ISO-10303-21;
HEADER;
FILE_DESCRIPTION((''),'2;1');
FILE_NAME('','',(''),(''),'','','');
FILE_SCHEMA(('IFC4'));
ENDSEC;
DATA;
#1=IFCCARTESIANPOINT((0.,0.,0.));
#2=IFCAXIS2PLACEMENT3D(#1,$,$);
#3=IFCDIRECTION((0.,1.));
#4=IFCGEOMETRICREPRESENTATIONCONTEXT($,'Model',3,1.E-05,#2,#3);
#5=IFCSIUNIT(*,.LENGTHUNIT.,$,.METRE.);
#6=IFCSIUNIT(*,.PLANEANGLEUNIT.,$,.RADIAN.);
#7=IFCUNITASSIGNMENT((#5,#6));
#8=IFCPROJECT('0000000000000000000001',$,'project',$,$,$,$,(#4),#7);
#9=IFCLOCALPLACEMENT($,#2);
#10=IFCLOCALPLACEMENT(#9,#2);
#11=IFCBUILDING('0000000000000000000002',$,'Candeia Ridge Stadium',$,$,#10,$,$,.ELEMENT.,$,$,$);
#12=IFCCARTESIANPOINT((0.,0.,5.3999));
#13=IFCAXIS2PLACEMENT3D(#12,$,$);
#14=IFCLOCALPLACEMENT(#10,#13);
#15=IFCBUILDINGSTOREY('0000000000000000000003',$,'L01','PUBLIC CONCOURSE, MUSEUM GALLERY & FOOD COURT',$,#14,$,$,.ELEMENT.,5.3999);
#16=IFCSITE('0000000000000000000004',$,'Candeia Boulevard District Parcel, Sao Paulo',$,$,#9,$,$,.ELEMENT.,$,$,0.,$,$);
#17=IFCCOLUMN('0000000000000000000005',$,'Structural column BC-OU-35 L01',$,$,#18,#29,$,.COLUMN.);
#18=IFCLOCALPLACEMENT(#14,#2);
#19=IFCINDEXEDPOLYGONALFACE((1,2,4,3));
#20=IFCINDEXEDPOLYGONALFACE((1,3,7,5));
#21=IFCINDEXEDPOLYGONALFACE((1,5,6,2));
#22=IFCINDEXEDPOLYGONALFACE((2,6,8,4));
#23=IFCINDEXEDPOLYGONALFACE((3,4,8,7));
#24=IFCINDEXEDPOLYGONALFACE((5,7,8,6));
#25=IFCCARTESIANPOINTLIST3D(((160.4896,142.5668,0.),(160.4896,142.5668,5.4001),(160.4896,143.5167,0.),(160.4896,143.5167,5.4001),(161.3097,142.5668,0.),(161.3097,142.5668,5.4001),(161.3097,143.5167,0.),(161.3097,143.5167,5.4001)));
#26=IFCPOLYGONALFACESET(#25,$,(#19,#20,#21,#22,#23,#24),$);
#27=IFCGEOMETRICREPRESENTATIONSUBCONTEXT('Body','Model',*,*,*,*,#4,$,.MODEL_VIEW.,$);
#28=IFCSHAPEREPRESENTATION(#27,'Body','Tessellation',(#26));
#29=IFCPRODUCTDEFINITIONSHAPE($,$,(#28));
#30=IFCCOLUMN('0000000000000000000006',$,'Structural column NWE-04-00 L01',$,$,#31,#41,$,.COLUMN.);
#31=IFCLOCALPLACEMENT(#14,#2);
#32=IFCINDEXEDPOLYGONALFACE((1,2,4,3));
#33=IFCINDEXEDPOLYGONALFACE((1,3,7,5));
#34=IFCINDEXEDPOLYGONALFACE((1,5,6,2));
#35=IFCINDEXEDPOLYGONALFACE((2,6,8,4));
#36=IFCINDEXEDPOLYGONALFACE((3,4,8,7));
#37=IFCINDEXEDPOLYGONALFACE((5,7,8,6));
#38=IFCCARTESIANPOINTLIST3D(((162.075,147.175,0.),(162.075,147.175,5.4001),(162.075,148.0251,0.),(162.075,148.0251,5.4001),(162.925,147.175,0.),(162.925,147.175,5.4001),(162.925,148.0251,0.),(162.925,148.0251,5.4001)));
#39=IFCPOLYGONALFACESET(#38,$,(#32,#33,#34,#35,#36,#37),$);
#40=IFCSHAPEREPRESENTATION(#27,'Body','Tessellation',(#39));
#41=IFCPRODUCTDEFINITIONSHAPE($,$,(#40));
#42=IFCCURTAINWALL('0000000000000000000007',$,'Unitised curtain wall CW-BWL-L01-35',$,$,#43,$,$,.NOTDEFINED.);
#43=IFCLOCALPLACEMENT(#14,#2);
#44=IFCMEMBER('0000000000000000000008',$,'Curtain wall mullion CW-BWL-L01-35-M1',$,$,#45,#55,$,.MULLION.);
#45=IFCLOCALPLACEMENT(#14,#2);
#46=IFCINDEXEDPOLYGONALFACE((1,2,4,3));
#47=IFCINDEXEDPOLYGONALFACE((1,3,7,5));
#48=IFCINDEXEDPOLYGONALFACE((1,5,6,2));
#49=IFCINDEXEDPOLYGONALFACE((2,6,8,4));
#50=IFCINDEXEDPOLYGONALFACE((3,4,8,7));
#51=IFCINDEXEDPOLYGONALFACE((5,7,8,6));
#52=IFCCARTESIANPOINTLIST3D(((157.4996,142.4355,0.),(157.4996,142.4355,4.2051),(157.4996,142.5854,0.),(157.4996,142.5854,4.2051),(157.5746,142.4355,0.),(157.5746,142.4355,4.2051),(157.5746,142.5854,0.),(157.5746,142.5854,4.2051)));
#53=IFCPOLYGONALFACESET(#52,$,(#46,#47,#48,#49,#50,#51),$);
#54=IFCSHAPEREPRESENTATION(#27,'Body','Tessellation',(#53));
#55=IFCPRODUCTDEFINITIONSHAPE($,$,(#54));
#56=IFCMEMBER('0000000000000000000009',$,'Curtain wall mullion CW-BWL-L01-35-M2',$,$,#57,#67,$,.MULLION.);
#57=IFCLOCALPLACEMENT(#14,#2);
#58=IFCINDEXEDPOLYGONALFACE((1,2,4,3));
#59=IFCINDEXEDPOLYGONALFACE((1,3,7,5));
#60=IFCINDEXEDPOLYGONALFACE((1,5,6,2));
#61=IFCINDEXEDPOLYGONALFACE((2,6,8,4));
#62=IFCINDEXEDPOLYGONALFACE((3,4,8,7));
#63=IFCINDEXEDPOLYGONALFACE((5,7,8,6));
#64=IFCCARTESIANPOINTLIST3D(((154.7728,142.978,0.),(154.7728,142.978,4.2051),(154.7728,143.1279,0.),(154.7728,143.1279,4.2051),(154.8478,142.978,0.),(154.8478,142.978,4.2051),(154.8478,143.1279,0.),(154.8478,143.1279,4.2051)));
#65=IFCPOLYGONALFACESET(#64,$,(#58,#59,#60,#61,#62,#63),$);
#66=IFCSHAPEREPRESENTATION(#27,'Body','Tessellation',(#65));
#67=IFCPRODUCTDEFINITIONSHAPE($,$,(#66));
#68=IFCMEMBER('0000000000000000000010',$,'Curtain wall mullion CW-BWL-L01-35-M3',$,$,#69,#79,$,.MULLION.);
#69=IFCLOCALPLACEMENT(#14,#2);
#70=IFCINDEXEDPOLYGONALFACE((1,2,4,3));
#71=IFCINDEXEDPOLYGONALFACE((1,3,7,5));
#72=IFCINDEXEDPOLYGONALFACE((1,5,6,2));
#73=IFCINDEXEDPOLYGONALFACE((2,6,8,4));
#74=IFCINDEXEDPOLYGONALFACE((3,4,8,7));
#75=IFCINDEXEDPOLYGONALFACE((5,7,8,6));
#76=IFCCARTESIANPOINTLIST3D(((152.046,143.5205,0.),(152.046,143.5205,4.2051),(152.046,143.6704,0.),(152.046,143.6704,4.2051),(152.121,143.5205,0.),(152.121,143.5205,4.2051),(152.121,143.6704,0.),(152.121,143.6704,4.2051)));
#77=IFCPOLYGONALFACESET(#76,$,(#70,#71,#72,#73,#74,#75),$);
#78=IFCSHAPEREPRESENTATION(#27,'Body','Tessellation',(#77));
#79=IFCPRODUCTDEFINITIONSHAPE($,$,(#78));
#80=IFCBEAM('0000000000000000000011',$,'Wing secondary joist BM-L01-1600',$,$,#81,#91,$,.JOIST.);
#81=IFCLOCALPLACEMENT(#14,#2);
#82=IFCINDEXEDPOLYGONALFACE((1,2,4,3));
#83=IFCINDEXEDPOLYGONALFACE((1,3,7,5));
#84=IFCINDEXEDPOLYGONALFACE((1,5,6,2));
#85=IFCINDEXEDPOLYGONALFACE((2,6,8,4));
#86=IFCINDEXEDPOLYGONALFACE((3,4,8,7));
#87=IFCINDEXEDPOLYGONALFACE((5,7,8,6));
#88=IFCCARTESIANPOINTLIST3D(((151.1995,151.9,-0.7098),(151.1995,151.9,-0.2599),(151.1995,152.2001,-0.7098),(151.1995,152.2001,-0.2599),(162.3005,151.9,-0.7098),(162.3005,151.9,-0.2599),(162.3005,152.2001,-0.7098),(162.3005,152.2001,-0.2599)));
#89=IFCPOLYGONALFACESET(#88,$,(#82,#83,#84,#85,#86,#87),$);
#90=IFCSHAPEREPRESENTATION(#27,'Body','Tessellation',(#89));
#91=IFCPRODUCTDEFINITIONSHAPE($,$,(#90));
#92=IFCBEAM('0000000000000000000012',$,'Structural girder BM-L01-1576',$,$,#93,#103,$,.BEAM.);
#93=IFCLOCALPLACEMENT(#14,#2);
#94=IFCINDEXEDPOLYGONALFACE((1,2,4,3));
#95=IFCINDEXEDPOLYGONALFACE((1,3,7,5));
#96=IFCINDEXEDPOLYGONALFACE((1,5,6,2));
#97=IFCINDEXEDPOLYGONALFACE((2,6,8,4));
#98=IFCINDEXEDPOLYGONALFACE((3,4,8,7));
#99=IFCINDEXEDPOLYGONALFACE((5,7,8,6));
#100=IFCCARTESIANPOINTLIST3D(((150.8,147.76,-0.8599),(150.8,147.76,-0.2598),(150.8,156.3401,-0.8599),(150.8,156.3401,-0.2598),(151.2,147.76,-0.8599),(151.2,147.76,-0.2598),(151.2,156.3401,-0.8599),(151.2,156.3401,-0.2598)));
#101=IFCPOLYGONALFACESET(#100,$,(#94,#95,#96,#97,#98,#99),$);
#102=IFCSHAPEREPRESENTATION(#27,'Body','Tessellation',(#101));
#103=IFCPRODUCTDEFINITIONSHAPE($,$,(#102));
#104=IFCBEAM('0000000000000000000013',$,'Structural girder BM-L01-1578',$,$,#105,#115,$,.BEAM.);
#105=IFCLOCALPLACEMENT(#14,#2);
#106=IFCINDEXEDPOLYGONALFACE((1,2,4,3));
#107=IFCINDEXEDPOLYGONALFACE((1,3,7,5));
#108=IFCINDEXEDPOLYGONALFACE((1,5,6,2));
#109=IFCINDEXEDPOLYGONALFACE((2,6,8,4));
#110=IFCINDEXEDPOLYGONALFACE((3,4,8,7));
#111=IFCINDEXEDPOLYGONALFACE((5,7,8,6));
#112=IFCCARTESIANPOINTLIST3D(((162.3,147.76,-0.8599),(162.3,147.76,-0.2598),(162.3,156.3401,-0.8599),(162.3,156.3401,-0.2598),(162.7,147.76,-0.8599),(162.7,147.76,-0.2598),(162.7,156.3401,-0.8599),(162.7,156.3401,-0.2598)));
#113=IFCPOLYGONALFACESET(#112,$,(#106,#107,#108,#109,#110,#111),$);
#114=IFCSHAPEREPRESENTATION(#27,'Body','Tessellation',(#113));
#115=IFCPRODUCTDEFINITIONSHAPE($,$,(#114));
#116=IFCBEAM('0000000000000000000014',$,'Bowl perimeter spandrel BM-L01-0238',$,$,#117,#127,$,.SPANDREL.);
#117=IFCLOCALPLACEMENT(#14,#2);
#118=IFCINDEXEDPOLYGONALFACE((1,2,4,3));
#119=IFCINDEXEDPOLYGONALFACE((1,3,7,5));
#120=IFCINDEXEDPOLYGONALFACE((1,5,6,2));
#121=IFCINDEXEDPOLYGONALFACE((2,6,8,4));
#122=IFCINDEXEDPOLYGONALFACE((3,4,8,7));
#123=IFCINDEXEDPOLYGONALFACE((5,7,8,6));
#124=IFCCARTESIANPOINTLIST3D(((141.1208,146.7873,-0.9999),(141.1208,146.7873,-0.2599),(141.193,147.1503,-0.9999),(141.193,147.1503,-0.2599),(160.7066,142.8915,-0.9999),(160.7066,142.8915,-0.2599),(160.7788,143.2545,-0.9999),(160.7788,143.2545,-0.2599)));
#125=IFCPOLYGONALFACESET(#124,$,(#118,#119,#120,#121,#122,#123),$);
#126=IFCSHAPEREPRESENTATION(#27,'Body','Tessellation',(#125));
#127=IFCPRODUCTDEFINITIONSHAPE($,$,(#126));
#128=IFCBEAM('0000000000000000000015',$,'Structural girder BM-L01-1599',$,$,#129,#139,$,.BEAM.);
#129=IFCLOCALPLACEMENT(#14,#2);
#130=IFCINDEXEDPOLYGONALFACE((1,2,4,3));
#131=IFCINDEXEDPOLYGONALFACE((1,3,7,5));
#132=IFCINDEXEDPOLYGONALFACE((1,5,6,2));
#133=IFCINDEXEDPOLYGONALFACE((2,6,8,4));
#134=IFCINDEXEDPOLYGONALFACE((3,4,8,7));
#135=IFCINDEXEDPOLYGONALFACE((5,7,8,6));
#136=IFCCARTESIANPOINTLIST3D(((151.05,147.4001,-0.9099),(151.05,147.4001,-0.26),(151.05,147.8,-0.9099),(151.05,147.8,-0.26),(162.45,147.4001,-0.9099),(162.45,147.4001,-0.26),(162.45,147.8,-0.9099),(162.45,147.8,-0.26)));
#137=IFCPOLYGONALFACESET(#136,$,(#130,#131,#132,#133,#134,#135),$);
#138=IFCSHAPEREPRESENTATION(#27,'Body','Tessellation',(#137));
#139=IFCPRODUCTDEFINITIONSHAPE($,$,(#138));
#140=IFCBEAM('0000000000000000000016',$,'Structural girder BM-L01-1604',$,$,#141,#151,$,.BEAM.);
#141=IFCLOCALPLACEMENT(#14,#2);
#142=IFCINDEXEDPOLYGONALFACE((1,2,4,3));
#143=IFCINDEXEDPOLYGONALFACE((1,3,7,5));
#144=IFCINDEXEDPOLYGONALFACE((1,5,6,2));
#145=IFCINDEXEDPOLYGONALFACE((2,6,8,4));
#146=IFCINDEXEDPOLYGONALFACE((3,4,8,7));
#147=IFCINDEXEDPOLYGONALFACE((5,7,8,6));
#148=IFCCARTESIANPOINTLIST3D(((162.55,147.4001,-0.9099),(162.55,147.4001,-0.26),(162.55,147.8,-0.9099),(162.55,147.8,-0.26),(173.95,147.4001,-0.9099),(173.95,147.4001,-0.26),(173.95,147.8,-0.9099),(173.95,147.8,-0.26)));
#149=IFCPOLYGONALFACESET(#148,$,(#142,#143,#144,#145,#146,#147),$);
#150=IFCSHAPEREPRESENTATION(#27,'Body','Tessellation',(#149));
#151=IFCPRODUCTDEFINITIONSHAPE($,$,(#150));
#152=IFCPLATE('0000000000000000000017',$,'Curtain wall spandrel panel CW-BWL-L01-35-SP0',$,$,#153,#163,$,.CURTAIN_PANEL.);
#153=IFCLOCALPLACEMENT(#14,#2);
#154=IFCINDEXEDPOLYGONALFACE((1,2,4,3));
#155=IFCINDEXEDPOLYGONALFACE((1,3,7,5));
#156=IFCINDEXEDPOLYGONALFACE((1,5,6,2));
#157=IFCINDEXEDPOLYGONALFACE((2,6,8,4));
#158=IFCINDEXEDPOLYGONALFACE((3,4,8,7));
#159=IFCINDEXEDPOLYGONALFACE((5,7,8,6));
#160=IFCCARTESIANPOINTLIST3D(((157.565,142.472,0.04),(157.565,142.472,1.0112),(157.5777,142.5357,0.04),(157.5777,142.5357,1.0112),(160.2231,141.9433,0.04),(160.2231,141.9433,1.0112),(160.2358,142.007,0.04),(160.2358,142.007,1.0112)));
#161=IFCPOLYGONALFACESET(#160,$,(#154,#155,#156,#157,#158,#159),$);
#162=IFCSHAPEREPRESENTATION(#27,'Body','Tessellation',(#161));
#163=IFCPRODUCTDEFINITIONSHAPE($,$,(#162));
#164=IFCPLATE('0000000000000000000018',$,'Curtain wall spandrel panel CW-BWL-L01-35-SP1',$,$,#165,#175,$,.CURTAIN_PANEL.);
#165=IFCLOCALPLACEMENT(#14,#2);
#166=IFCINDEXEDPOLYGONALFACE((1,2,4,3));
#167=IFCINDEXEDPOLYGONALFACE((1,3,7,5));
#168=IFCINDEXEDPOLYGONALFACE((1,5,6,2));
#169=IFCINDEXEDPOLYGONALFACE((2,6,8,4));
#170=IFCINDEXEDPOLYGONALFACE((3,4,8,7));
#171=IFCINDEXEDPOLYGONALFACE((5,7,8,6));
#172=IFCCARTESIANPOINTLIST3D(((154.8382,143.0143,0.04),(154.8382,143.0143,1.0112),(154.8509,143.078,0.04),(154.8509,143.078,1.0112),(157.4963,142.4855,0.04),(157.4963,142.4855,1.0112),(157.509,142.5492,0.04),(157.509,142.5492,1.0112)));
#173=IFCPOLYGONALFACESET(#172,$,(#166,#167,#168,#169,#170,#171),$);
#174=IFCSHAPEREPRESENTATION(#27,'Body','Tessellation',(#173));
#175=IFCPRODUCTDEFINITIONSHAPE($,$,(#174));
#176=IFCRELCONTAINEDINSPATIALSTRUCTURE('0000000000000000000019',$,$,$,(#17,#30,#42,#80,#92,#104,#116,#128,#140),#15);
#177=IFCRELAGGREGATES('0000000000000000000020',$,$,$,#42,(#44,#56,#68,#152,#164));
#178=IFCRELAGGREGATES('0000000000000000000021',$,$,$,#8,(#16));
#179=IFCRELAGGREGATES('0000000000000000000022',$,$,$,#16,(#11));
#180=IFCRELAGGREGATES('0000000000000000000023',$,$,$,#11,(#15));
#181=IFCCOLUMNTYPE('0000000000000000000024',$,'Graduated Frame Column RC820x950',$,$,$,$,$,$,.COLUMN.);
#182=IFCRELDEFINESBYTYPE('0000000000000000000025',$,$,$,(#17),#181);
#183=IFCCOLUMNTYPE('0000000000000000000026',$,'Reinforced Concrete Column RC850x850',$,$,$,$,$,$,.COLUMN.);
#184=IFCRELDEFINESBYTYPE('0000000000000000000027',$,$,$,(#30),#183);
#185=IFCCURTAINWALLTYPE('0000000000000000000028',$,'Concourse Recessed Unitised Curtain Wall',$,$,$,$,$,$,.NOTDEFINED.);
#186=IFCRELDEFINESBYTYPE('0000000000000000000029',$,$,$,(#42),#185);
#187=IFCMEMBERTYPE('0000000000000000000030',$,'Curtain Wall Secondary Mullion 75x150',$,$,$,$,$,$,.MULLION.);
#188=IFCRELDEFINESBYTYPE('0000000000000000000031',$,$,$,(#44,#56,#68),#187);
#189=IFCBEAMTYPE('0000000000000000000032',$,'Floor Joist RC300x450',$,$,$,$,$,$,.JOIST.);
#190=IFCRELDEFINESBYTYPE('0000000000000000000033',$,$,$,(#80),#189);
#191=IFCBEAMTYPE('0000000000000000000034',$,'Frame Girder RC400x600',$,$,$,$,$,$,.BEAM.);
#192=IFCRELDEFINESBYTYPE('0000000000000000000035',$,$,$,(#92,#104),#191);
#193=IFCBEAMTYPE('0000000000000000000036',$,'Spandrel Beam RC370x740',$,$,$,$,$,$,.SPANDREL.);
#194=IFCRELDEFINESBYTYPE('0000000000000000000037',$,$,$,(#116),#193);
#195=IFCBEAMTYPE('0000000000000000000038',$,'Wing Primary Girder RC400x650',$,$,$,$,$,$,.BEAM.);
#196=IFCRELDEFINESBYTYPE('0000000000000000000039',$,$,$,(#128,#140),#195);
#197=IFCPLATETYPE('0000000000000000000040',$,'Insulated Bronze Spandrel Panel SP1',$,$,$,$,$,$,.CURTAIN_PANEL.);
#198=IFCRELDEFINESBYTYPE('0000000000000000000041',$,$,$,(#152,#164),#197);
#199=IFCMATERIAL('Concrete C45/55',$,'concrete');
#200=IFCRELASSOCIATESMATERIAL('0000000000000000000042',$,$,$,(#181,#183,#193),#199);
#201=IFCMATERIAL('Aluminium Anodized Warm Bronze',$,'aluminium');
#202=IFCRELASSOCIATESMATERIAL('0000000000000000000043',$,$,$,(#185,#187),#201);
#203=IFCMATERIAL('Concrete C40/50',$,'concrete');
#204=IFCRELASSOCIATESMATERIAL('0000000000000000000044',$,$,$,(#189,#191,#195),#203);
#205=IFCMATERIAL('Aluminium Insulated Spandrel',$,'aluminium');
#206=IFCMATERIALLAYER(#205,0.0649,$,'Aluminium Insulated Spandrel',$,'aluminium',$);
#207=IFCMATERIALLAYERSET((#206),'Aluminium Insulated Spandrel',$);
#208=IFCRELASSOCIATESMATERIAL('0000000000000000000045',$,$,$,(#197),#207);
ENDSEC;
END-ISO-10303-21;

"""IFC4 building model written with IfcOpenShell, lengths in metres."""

from ifc_helpers import new_model, si_unit, direction, frame, origin, origin_2d, place, context, subcontext, project, spatial, rectangle, extrude, material, layer, layer_set, material_profile, profile_set, type_object, element, aggregate, save


model = new_model("IFC4")

# Units and contexts
model_context = context("Model", 3, precision=1e-05, world=origin(), true_north=direction((0.0, 1.0)))
body_context = subcontext(model_context, "Body", "Model", "MODEL_VIEW")
ifc_project = project(units=[si_unit("LENGTHUNIT", "METRE"), si_unit("PLANEANGLEUNIT", "RADIAN")], contexts=[model_context])

# Site, building, storey
site_placement = place(None, origin())
site = spatial("IfcSite", under=ifc_project, at=site_placement, Name="Candeia Boulevard District Parcel, Sao Paulo", CompositionType="ELEMENT", RefElevation=0.0)
building_placement = place(site_placement, origin())
building = spatial("IfcBuilding", under=site, at=building_placement, Name="Candeia Ridge Stadium", CompositionType="ELEMENT")
storey_placement = place(building_placement, frame((0.0, 0.0, 5.3999)))
storey = spatial("IfcBuildingStorey", under=building, at=storey_placement, Name="L01", Description="PUBLIC CONCOURSE, MUSEUM GALLERY & FOOD COURT", CompositionType="ELEMENT", Elevation=5.3999)

# Columns
ifc_material_1 = material(Name="Concrete C45/55", Category="concrete")
ifc_material_profile_1 = material_profile(ifc_material_1, rectangle(XDim=0.8201, YDim=0.95, at=origin_2d()), Name="RC820x950", Category="concrete")
ifc_profile_set_1 = profile_set([ifc_material_profile_1], Name="Concrete C45/55")
column_type_1 = type_object("IfcColumnType", Name="Graduated Frame Column RC820x950", PredefinedType="COLUMN", material=ifc_profile_set_1)
column_1_placement = place(storey_placement, frame((160.8997, 143.0417, 0.0), z_axis=(0.0, 0.0, 1.0), x_axis=(1.0, 0.0, 0.0)))
element("IfcColumn", 1, at=column_1_placement, inside=storey, type_object=column_type_1, Name="Structural column BC-OU-35 L01", PredefinedType="COLUMN", context=body_context, shape_type="SweptSolid", body=[
    extrude(rectangle(XDim=0.8201, YDim=0.95, at=origin_2d()), origin(), (0.0, 0.0, 1.0), 5.4001),
])
ifc_material_profile_2 = material_profile(ifc_material_1, rectangle(XDim=0.8501, YDim=0.8501, at=origin_2d()), Name="RC850x850", Category="concrete")
ifc_profile_set_2 = profile_set([ifc_material_profile_2], Name="Concrete C45/55")
column_type_2 = type_object("IfcColumnType", Name="Reinforced Concrete Column RC850x850", PredefinedType="COLUMN", material=ifc_profile_set_2)
column_2_placement = place(storey_placement, frame((162.5, 147.6001, 0.0), z_axis=(0.0, 0.0, 1.0), x_axis=(1.0, 0.0, 0.0)))
element("IfcColumn", 2, at=column_2_placement, inside=storey, type_object=column_type_2, Name="Structural column NWE-04-00 L01", PredefinedType="COLUMN", context=body_context, shape_type="SweptSolid", body=[
    extrude(rectangle(XDim=0.8501, YDim=0.8501, at=origin_2d()), origin(), (0.0, 0.0, 1.0), 5.4001),
])

# Curtain wall, members
ifc_material_2 = material(Name="Aluminium Anodized Warm Bronze", Category="aluminium")
curtain_wall_type = type_object("IfcCurtainWallType", Name="Concourse Recessed Unitised Curtain Wall", PredefinedType="NOTDEFINED", material=ifc_material_2)
curtain_wall_placement = place(storey_placement, origin())
curtain_wall = element("IfcCurtainWall", 3, at=curtain_wall_placement, inside=storey, type_object=curtain_wall_type, Name="Unitised curtain wall CW-BWL-L01-35", PredefinedType="NOTDEFINED")
ifc_material_profile_3 = material_profile(ifc_material_2, rectangle(XDim=0.075, YDim=0.1499, at=origin_2d()), Name="CWM-75x150", Category="aluminium")
ifc_profile_set_3 = profile_set([ifc_material_profile_3], Name="Aluminium Anodized Warm Bronze")
member_type = type_object("IfcMemberType", Name="Curtain Wall Secondary Mullion 75x150", PredefinedType="MULLION", material=ifc_profile_set_3)
member_1_placement = place(storey_placement, frame((157.5371, 142.5105, 0.0), z_axis=(0.0, 0.0, 1.0), x_axis=(1.0, 0.0, 0.0)))
member_1 = element("IfcMember", 4, at=member_1_placement, type_object=member_type, Name="Curtain wall mullion CW-BWL-L01-35-M1", PredefinedType="MULLION", context=body_context, shape_type="SweptSolid", body=[
    extrude(rectangle(XDim=0.075, YDim=0.1499, at=origin_2d()), origin(), (0.0, 0.0, 1.0), 4.2051),
])
member_2_placement = place(storey_placement, frame((154.8103, 143.053, 0.0), z_axis=(0.0, 0.0, 1.0), x_axis=(1.0, 0.0, 0.0)))
member_2 = element("IfcMember", 5, at=member_2_placement, type_object=member_type, Name="Curtain wall mullion CW-BWL-L01-35-M2", PredefinedType="MULLION", context=body_context, shape_type="SweptSolid", body=[
    extrude(rectangle(XDim=0.075, YDim=0.1499, at=origin_2d()), origin(), (0.0, 0.0, 1.0), 4.2051),
])
member_3_placement = place(storey_placement, frame((152.0835, 143.5955, 0.0), z_axis=(0.0, 0.0, 1.0), x_axis=(1.0, 0.0, 0.0)))
member_3 = element("IfcMember", 6, at=member_3_placement, type_object=member_type, Name="Curtain wall mullion CW-BWL-L01-35-M3", PredefinedType="MULLION", context=body_context, shape_type="SweptSolid", body=[
    extrude(rectangle(XDim=0.075, YDim=0.1499, at=origin_2d()), origin(), (0.0, 0.0, 1.0), 4.2051),
])

# Beams
ifc_material_3 = material(Name="Concrete C40/50", Category="concrete")
ifc_material_profile_4 = material_profile(ifc_material_3, rectangle(XDim=0.3, YDim=0.45, at=origin_2d()), Name="RC300x450", Category="concrete")
ifc_profile_set_4 = profile_set([ifc_material_profile_4], Name="Concrete C40/50")
beam_type_1 = type_object("IfcBeamType", Name="Floor Joist RC300x450", PredefinedType="JOIST", material=ifc_profile_set_4)
beam_1_placement = place(storey_placement, frame((151.1995, 152.05, -0.4849), z_axis=(1.0, 0.0, 0.0), x_axis=(0.0, 1.0, 0.0)))
element("IfcBeam", 7, at=beam_1_placement, inside=storey, type_object=beam_type_1, Name="Wing secondary joist BM-L01-1600", PredefinedType="JOIST", context=body_context, shape_type="SweptSolid", body=[
    extrude(rectangle(XDim=0.3, YDim=0.45, at=origin_2d()), origin(), (0.0, 0.0, 1.0), 11.1011),
])
ifc_material_profile_5 = material_profile(ifc_material_3, rectangle(XDim=0.3999, YDim=0.6001, at=origin_2d()), Name="RC400x600", Category="concrete")
ifc_profile_set_5 = profile_set([ifc_material_profile_5], Name="Concrete C40/50")
beam_type_2 = type_object("IfcBeamType", Name="Frame Girder RC400x600", PredefinedType="BEAM", material=ifc_profile_set_5)
for number, where, z_axis, x_axis, name in (
    (8, (151.0, 147.76, -0.5598), (0.0, 1.0, 0.0), (-1.0, 0.0, 0.0), "Structural girder BM-L01-1576"),
    (9, (162.5, 147.76, -0.5598), (0.0, 1.0, 0.0), (-1.0, 0.0, 0.0), "Structural girder BM-L01-1578"),
):
    element("IfcBeam", number, at=place(storey_placement, frame(where, z_axis=z_axis, x_axis=x_axis)), inside=storey, type_object=beam_type_2, Name=name, PredefinedType="BEAM", context=body_context, shape_type="SweptSolid", body=[
        extrude(rectangle(XDim=0.3999, YDim=0.6001, at=origin_2d()), origin(), (0.0, 0.0, 1.0), 8.5801),
    ])
ifc_material_profile_6 = material_profile(ifc_material_1, rectangle(XDim=0.3701, YDim=0.74, at=origin_2d()), Name="RC370x740", Category="concrete")
ifc_profile_set_6 = profile_set([ifc_material_profile_6], Name="Concrete C45/55")
beam_type_3 = type_object("IfcBeamType", Name="Spandrel Beam RC370x740", PredefinedType="SPANDREL", material=ifc_profile_set_6)
beam_2_placement = place(storey_placement, frame((160.7427, 143.073, -0.6299), z_axis=(-0.980786, 0.195086, 0.0), x_axis=(-0.195086, -0.980786, 0.0)))
element("IfcBeam", 10, at=beam_2_placement, inside=storey, type_object=beam_type_3, Name="Bowl perimeter spandrel BM-L01-0238", PredefinedType="SPANDREL", context=body_context, shape_type="SweptSolid", body=[
    extrude(rectangle(XDim=0.3701, YDim=0.74, at=origin_2d()), origin(), (0.0, 0.0, 1.0), 19.9695),
])
ifc_material_profile_7 = material_profile(ifc_material_3, rectangle(XDim=0.3999, YDim=0.6499, at=origin_2d()), Name="RC400x650", Category="concrete")
ifc_profile_set_7 = profile_set([ifc_material_profile_7], Name="Concrete C40/50")
beam_type_4 = type_object("IfcBeamType", Name="Wing Primary Girder RC400x650", PredefinedType="BEAM", material=ifc_profile_set_7)
for number, where, z_axis, x_axis, name in (
    (11, (151.05, 147.6001, -0.585), (1.0, 0.0, 0.0), (0.0, 1.0, 0.0), "Structural girder BM-L01-1599"),
    (12, (162.55, 147.6001, -0.585), (1.0, 0.0, 0.0), (0.0, 1.0, 0.0), "Structural girder BM-L01-1604"),
):
    element("IfcBeam", number, at=place(storey_placement, frame(where, z_axis=z_axis, x_axis=x_axis)), inside=storey, type_object=beam_type_4, Name=name, PredefinedType="BEAM", context=body_context, shape_type="SweptSolid", body=[
        extrude(rectangle(XDim=0.3999, YDim=0.6499, at=origin_2d()), origin(), (0.0, 0.0, 1.0), 11.3999),
    ])

# Plates
ifc_material_4 = material(Name="Aluminium Insulated Spandrel", Category="aluminium")
ifc_layer_1 = layer(ifc_material_4, 0.0649, Name="Aluminium Insulated Spandrel", Category="aluminium")
ifc_layer_set_1 = layer_set([ifc_layer_1], Name="Aluminium Insulated Spandrel")
plate_type_1 = type_object("IfcPlateType", Name="Insulated Bronze Spandrel Panel SP1", PredefinedType="CURTAIN_PANEL", material=ifc_layer_set_1)
plate_1_placement = place(storey_placement, frame((158.9004, 142.2395, 0.04), z_axis=(0.0, 0.0, 1.0), x_axis=(-0.980785, 0.19509, 0.0)))
plate_1 = element("IfcPlate", 13, at=plate_1_placement, type_object=plate_type_1, Name="Curtain wall spandrel panel CW-BWL-L01-35-SP0", PredefinedType="CURTAIN_PANEL", context=body_context, shape_type="SweptSolid", body=[
    extrude(rectangle(XDim=2.7102, YDim=0.0649, at=origin_2d()), origin(), (0.0, 0.0, 1.0), 0.9712),
])
plate_2_placement = place(storey_placement, frame((156.1736, 142.7817, 0.04), z_axis=(0.0, 0.0, 1.0), x_axis=(-0.980785, 0.19509, 0.0)))
plate_2 = element("IfcPlate", 14, at=plate_2_placement, type_object=plate_type_1, Name="Curtain wall spandrel panel CW-BWL-L01-35-SP1", PredefinedType="CURTAIN_PANEL", context=body_context, shape_type="SweptSolid", body=[
    extrude(rectangle(XDim=2.7102, YDim=0.0649, at=origin_2d()), origin(), (0.0, 0.0, 1.0), 0.9712),
])
aggregate(curtain_wall, [member_1, member_2, member_3, plate_1, plate_2])

save(model, "model.ifc")
